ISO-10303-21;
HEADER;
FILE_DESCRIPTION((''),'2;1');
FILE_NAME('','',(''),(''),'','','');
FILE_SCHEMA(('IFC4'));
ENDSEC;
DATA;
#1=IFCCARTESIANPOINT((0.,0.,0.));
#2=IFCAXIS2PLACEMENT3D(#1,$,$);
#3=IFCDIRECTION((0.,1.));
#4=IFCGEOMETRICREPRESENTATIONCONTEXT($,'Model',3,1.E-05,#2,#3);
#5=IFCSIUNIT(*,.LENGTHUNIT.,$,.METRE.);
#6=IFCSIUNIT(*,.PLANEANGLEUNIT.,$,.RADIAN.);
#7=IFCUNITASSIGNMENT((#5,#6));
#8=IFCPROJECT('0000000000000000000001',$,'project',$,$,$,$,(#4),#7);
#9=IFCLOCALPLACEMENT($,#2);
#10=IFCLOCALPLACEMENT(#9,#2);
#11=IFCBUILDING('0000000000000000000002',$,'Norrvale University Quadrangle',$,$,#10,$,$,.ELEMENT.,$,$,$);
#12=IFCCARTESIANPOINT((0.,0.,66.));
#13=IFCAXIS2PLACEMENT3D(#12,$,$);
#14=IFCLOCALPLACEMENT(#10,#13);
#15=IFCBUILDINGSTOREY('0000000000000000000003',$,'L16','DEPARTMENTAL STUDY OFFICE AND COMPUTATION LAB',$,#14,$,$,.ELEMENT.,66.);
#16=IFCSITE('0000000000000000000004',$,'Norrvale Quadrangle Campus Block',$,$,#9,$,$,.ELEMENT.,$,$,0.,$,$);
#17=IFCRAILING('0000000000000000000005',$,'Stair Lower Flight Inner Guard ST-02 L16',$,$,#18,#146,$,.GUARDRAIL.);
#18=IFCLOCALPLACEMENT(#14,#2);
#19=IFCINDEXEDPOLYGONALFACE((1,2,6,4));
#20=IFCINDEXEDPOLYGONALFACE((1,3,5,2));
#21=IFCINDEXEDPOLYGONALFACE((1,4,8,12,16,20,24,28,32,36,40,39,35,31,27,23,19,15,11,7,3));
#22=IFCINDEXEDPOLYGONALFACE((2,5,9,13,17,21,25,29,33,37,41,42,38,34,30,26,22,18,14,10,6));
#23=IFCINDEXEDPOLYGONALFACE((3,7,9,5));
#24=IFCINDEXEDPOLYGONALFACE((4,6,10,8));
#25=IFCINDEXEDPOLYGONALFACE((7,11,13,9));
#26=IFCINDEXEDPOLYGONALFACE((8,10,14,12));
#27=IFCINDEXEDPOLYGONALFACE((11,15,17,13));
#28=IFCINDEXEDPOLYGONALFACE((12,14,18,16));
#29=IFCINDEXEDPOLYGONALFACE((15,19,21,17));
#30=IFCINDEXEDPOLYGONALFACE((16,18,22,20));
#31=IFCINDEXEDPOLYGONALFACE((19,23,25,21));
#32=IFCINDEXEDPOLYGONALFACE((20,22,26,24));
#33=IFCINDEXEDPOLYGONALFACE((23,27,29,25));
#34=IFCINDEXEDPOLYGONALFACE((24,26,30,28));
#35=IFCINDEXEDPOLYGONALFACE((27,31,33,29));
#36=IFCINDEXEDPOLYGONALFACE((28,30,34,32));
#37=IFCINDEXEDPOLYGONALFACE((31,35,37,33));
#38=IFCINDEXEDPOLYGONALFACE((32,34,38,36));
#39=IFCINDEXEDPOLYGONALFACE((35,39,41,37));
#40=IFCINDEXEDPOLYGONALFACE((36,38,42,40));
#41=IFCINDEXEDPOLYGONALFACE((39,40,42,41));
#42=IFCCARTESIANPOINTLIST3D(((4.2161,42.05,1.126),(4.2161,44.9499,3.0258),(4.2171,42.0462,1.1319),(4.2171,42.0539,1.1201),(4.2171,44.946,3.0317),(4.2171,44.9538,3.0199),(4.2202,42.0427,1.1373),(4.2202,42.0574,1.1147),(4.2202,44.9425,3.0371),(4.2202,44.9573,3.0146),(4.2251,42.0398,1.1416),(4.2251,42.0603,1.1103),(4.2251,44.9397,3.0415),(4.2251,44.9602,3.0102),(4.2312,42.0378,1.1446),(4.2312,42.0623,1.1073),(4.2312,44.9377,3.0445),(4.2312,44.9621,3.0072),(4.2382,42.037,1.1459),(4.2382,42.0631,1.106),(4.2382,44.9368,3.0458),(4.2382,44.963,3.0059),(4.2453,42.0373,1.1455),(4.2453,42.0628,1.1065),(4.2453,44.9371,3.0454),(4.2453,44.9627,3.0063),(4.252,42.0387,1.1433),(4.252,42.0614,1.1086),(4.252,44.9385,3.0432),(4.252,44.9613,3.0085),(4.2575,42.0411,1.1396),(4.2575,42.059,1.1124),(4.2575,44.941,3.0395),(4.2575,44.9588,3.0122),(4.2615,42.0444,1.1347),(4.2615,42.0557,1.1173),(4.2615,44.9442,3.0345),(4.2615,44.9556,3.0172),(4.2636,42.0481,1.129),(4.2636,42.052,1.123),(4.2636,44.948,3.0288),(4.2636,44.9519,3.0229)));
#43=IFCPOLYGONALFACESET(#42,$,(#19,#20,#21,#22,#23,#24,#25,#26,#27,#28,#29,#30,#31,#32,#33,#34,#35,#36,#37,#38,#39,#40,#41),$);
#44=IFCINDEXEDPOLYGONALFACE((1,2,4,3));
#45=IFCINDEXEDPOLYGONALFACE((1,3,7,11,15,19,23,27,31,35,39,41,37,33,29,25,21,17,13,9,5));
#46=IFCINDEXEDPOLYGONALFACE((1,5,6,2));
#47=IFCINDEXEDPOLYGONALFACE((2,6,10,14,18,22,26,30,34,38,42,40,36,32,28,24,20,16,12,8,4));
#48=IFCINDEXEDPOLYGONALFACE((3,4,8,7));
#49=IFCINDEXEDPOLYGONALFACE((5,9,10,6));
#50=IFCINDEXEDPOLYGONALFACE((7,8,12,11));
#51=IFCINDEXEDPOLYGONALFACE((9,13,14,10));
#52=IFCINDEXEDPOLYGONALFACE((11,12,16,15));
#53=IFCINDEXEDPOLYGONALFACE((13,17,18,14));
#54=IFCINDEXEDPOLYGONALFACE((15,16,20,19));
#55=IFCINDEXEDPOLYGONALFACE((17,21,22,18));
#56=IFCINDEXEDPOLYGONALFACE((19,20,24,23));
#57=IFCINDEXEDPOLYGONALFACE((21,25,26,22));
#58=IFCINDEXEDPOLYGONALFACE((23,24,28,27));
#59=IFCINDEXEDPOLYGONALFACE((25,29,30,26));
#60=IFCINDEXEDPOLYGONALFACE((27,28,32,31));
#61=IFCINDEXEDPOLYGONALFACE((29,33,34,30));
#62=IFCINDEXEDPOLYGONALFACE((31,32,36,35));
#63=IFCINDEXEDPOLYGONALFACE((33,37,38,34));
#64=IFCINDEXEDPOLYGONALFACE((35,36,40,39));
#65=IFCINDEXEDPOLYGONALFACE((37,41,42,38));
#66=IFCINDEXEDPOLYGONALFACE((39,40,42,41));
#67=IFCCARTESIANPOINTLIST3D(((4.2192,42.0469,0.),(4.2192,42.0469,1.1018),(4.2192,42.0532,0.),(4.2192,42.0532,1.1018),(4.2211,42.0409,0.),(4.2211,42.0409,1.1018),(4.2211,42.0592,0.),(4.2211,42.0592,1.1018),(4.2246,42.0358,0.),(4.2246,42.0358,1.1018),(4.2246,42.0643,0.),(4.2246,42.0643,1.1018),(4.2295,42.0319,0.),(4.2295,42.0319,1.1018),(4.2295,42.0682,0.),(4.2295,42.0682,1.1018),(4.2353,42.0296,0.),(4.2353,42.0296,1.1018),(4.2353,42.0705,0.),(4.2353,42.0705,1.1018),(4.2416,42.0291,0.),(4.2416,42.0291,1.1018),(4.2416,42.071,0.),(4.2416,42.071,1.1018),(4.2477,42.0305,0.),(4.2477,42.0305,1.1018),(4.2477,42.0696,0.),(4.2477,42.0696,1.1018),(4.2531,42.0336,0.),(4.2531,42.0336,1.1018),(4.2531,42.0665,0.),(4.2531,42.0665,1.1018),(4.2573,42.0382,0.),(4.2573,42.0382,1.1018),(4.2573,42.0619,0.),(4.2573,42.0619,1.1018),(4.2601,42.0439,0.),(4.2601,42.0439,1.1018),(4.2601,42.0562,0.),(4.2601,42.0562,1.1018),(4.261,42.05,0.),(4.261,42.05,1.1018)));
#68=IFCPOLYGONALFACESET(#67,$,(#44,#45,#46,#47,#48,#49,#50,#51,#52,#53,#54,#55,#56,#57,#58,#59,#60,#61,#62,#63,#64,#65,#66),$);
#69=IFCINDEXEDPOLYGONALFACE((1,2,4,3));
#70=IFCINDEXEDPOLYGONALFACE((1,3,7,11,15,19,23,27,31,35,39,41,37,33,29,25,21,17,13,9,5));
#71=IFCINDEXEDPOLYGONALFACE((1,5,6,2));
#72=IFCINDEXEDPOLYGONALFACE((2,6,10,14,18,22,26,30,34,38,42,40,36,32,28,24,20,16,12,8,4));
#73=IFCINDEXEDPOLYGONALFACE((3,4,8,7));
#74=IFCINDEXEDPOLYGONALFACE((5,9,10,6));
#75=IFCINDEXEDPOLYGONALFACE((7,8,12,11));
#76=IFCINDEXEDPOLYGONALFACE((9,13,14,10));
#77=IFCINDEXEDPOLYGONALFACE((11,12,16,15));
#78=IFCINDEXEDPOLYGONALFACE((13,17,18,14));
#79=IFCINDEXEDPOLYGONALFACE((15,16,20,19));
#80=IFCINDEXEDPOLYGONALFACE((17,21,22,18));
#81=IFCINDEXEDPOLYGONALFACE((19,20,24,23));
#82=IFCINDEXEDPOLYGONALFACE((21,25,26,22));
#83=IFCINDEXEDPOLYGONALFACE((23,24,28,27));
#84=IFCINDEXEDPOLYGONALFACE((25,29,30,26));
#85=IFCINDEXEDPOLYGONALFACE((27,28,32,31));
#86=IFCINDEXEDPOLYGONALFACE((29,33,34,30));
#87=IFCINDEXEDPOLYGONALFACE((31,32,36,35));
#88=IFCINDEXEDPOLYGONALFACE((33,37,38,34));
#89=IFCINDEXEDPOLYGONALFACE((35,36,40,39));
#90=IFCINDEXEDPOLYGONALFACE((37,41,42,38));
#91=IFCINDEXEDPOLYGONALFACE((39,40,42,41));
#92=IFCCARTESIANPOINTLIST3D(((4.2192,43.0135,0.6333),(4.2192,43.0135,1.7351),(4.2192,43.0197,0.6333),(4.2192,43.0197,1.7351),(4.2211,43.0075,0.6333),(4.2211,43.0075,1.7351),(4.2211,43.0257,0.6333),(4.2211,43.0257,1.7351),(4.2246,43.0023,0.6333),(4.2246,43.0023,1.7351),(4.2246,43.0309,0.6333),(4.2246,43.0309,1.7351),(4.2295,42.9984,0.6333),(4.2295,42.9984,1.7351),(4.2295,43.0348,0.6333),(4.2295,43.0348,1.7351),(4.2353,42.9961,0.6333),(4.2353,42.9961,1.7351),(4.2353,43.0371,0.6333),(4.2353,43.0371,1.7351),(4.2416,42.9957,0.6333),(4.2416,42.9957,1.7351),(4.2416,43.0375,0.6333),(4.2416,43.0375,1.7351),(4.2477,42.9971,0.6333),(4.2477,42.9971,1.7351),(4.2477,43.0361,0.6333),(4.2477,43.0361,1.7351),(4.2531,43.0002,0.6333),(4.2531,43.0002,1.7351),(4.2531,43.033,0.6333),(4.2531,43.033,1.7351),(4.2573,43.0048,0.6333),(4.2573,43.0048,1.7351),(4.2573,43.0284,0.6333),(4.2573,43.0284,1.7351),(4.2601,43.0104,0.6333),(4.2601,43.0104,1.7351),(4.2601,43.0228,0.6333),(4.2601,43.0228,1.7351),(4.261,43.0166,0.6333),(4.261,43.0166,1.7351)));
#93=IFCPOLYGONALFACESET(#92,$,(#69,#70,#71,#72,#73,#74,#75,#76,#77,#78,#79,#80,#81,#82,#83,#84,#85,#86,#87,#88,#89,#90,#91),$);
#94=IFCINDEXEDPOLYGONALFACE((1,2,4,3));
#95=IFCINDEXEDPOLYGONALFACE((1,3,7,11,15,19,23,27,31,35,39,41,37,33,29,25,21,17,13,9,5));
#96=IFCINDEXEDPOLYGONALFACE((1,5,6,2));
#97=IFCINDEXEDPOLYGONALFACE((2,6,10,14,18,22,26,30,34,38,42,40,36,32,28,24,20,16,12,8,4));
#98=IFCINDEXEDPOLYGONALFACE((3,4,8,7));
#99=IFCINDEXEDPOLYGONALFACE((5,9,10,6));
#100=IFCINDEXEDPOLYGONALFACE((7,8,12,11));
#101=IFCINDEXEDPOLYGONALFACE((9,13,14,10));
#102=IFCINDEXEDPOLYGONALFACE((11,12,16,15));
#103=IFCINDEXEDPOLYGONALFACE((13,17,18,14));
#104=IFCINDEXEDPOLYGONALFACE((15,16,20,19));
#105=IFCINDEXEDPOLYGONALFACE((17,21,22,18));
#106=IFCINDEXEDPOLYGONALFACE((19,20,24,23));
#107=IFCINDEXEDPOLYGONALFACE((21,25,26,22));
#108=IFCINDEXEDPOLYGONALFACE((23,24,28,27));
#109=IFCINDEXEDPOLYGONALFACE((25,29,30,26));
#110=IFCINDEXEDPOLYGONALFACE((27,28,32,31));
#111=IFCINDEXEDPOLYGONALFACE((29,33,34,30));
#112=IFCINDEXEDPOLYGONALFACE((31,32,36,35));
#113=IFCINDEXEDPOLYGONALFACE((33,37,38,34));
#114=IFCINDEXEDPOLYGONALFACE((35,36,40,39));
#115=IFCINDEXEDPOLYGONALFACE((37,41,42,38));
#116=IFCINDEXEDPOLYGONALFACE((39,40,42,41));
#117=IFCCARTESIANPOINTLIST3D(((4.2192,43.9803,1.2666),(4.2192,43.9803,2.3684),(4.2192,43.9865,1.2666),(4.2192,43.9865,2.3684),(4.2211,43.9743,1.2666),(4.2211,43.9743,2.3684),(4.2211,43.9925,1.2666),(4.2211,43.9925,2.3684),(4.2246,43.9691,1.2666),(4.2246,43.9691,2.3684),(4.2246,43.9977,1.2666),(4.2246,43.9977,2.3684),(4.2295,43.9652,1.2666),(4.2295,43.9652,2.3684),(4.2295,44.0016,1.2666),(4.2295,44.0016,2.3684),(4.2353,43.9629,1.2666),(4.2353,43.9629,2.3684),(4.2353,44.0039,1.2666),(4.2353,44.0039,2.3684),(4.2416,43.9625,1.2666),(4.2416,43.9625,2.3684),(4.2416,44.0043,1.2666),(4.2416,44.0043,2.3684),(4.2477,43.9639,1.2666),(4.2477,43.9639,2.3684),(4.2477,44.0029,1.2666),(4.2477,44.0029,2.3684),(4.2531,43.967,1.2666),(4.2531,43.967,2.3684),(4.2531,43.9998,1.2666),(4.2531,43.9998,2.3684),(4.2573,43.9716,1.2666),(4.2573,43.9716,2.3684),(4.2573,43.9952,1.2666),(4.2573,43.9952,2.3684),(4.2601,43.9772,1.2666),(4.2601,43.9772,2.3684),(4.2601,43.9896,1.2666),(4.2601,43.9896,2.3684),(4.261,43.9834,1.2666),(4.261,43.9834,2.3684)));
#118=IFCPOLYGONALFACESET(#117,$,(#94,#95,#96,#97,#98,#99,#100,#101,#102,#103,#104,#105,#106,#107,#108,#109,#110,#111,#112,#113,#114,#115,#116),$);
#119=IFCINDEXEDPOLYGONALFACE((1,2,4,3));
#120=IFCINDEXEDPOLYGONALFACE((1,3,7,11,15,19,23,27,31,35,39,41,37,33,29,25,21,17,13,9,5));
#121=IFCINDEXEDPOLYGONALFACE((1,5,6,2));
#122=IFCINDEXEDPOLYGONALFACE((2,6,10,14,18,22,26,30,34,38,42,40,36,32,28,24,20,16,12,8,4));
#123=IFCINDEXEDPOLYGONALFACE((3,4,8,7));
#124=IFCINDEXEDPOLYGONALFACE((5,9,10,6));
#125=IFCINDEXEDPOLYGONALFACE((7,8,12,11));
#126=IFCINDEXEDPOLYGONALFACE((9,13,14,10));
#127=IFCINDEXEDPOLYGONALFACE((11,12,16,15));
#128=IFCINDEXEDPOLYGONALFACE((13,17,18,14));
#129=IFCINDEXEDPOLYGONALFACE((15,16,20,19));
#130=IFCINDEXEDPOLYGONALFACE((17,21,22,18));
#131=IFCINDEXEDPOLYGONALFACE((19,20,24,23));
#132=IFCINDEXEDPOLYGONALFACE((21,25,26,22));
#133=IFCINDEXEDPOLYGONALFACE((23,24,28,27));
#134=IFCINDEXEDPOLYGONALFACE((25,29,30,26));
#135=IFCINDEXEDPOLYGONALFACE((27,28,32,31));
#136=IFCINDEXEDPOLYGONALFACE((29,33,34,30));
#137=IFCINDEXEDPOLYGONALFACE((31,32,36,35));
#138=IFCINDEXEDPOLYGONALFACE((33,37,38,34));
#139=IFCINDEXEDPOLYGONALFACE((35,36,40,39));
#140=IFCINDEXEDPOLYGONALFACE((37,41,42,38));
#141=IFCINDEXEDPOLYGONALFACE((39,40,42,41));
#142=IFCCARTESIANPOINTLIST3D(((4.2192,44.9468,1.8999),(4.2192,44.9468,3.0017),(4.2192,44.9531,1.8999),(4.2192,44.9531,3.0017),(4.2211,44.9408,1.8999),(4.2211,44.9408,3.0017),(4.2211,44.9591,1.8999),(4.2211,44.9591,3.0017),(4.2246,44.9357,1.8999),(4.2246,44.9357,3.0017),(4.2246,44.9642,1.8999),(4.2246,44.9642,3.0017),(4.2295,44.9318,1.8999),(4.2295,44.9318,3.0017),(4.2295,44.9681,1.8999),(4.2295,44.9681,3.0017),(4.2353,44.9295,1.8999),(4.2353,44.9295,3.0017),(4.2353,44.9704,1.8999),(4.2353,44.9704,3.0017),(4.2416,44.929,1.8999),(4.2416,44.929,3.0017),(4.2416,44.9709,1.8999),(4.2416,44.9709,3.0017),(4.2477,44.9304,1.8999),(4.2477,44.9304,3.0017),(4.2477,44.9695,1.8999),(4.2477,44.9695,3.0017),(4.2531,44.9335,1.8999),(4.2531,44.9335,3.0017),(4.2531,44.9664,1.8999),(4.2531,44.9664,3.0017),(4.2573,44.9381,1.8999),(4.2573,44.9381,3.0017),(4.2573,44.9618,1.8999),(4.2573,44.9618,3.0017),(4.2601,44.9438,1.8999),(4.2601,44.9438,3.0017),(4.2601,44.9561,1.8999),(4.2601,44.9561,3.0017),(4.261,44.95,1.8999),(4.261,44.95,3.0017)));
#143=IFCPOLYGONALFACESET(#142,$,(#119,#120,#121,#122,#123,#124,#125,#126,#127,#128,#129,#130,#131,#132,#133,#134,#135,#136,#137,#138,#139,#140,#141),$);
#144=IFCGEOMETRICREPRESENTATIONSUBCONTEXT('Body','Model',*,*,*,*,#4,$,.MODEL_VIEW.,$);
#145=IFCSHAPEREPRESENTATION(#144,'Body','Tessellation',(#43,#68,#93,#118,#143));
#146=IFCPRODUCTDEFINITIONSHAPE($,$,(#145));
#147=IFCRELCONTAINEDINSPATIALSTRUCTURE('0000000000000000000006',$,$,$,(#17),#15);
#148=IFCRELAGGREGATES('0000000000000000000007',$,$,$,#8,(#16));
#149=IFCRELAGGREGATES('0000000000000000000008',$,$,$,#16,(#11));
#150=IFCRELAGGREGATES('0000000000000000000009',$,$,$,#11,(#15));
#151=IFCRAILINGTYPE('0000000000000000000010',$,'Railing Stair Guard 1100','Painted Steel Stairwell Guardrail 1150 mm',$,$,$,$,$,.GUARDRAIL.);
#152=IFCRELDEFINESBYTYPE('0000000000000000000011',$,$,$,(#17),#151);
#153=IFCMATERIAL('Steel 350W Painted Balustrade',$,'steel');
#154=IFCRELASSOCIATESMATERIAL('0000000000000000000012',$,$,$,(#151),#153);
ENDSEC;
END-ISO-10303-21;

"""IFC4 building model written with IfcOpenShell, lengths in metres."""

from ifc_helpers import new_model, si_unit, direction, frame, origin, origin_2d, place, context, subcontext, project, spatial, circle, extrude, material, type_object, element, save


model = new_model("IFC4")

# Units and contexts
model_context = context("Model", 3, precision=1e-05, world=origin(), true_north=direction((0.0, 1.0)))
body_context = subcontext(model_context, "Body", "Model", "MODEL_VIEW")
ifc_project = project(units=[si_unit("LENGTHUNIT", "METRE"), si_unit("PLANEANGLEUNIT", "RADIAN")], contexts=[model_context])

# Site, building, storey
site_placement = place(None, origin())
site = spatial("IfcSite", under=ifc_project, at=site_placement, Name="Norrvale Quadrangle Campus Block", CompositionType="ELEMENT", RefElevation=0.0)
building_placement = place(site_placement, origin())
building = spatial("IfcBuilding", under=site, at=building_placement, Name="Norrvale University Quadrangle", CompositionType="ELEMENT")
storey_placement = place(building_placement, frame((0.0, 0.0, 66.0)))
storey = spatial("IfcBuildingStorey", under=building, at=storey_placement, Name="L16", Description="DEPARTMENTAL STUDY OFFICE AND COMPUTATION LAB", CompositionType="ELEMENT", Elevation=66.0)

# Railing
ifc_material_1 = material(Name="Steel 350W Painted Balustrade", Category="steel")
railing_type_1 = type_object("IfcRailingType", Name="Railing Stair Guard 1100", Description="Painted Steel Stairwell Guardrail 1150 mm", PredefinedType="GUARDRAIL", material=ifc_material_1)
railing_1_placement = place(storey_placement, frame((4.24, 42.05, 0.0)))
element("IfcRailing", 1, at=railing_1_placement, inside=storey, type_object=railing_type_1, Name="Stair Lower Flight Inner Guard ST-02 L16", PredefinedType="GUARDRAIL", context=body_context, shape_type="SweptSolid", body=[
    extrude(circle(Radius=0.0239, at=origin_2d()), frame((0.0, 0.0, 1.126), z_axis=(0.0, 0.836466, 0.548019), x_axis=(-1.0, 0.0, 0.0)), (0.0, 0.0, 1.0), 3.4668),
    extrude(circle(Radius=0.021, at=origin_2d()), origin(), (0.0, 0.0, 1.0), 1.1018),
    extrude(circle(Radius=0.021, at=origin_2d()), frame((0.0, 0.9666, 0.6333)), (0.0, 0.0, 1.0), 1.1018),
    extrude(circle(Radius=0.021, at=origin_2d()), frame((0.0, 1.9333, 1.2666)), (0.0, 0.0, 1.0), 1.1018),
    extrude(circle(Radius=0.021, at=origin_2d()), frame((0.0, 2.8999, 1.8999)), (0.0, 0.0, 1.0), 1.1018),
])

save(model, "model.ifc")
